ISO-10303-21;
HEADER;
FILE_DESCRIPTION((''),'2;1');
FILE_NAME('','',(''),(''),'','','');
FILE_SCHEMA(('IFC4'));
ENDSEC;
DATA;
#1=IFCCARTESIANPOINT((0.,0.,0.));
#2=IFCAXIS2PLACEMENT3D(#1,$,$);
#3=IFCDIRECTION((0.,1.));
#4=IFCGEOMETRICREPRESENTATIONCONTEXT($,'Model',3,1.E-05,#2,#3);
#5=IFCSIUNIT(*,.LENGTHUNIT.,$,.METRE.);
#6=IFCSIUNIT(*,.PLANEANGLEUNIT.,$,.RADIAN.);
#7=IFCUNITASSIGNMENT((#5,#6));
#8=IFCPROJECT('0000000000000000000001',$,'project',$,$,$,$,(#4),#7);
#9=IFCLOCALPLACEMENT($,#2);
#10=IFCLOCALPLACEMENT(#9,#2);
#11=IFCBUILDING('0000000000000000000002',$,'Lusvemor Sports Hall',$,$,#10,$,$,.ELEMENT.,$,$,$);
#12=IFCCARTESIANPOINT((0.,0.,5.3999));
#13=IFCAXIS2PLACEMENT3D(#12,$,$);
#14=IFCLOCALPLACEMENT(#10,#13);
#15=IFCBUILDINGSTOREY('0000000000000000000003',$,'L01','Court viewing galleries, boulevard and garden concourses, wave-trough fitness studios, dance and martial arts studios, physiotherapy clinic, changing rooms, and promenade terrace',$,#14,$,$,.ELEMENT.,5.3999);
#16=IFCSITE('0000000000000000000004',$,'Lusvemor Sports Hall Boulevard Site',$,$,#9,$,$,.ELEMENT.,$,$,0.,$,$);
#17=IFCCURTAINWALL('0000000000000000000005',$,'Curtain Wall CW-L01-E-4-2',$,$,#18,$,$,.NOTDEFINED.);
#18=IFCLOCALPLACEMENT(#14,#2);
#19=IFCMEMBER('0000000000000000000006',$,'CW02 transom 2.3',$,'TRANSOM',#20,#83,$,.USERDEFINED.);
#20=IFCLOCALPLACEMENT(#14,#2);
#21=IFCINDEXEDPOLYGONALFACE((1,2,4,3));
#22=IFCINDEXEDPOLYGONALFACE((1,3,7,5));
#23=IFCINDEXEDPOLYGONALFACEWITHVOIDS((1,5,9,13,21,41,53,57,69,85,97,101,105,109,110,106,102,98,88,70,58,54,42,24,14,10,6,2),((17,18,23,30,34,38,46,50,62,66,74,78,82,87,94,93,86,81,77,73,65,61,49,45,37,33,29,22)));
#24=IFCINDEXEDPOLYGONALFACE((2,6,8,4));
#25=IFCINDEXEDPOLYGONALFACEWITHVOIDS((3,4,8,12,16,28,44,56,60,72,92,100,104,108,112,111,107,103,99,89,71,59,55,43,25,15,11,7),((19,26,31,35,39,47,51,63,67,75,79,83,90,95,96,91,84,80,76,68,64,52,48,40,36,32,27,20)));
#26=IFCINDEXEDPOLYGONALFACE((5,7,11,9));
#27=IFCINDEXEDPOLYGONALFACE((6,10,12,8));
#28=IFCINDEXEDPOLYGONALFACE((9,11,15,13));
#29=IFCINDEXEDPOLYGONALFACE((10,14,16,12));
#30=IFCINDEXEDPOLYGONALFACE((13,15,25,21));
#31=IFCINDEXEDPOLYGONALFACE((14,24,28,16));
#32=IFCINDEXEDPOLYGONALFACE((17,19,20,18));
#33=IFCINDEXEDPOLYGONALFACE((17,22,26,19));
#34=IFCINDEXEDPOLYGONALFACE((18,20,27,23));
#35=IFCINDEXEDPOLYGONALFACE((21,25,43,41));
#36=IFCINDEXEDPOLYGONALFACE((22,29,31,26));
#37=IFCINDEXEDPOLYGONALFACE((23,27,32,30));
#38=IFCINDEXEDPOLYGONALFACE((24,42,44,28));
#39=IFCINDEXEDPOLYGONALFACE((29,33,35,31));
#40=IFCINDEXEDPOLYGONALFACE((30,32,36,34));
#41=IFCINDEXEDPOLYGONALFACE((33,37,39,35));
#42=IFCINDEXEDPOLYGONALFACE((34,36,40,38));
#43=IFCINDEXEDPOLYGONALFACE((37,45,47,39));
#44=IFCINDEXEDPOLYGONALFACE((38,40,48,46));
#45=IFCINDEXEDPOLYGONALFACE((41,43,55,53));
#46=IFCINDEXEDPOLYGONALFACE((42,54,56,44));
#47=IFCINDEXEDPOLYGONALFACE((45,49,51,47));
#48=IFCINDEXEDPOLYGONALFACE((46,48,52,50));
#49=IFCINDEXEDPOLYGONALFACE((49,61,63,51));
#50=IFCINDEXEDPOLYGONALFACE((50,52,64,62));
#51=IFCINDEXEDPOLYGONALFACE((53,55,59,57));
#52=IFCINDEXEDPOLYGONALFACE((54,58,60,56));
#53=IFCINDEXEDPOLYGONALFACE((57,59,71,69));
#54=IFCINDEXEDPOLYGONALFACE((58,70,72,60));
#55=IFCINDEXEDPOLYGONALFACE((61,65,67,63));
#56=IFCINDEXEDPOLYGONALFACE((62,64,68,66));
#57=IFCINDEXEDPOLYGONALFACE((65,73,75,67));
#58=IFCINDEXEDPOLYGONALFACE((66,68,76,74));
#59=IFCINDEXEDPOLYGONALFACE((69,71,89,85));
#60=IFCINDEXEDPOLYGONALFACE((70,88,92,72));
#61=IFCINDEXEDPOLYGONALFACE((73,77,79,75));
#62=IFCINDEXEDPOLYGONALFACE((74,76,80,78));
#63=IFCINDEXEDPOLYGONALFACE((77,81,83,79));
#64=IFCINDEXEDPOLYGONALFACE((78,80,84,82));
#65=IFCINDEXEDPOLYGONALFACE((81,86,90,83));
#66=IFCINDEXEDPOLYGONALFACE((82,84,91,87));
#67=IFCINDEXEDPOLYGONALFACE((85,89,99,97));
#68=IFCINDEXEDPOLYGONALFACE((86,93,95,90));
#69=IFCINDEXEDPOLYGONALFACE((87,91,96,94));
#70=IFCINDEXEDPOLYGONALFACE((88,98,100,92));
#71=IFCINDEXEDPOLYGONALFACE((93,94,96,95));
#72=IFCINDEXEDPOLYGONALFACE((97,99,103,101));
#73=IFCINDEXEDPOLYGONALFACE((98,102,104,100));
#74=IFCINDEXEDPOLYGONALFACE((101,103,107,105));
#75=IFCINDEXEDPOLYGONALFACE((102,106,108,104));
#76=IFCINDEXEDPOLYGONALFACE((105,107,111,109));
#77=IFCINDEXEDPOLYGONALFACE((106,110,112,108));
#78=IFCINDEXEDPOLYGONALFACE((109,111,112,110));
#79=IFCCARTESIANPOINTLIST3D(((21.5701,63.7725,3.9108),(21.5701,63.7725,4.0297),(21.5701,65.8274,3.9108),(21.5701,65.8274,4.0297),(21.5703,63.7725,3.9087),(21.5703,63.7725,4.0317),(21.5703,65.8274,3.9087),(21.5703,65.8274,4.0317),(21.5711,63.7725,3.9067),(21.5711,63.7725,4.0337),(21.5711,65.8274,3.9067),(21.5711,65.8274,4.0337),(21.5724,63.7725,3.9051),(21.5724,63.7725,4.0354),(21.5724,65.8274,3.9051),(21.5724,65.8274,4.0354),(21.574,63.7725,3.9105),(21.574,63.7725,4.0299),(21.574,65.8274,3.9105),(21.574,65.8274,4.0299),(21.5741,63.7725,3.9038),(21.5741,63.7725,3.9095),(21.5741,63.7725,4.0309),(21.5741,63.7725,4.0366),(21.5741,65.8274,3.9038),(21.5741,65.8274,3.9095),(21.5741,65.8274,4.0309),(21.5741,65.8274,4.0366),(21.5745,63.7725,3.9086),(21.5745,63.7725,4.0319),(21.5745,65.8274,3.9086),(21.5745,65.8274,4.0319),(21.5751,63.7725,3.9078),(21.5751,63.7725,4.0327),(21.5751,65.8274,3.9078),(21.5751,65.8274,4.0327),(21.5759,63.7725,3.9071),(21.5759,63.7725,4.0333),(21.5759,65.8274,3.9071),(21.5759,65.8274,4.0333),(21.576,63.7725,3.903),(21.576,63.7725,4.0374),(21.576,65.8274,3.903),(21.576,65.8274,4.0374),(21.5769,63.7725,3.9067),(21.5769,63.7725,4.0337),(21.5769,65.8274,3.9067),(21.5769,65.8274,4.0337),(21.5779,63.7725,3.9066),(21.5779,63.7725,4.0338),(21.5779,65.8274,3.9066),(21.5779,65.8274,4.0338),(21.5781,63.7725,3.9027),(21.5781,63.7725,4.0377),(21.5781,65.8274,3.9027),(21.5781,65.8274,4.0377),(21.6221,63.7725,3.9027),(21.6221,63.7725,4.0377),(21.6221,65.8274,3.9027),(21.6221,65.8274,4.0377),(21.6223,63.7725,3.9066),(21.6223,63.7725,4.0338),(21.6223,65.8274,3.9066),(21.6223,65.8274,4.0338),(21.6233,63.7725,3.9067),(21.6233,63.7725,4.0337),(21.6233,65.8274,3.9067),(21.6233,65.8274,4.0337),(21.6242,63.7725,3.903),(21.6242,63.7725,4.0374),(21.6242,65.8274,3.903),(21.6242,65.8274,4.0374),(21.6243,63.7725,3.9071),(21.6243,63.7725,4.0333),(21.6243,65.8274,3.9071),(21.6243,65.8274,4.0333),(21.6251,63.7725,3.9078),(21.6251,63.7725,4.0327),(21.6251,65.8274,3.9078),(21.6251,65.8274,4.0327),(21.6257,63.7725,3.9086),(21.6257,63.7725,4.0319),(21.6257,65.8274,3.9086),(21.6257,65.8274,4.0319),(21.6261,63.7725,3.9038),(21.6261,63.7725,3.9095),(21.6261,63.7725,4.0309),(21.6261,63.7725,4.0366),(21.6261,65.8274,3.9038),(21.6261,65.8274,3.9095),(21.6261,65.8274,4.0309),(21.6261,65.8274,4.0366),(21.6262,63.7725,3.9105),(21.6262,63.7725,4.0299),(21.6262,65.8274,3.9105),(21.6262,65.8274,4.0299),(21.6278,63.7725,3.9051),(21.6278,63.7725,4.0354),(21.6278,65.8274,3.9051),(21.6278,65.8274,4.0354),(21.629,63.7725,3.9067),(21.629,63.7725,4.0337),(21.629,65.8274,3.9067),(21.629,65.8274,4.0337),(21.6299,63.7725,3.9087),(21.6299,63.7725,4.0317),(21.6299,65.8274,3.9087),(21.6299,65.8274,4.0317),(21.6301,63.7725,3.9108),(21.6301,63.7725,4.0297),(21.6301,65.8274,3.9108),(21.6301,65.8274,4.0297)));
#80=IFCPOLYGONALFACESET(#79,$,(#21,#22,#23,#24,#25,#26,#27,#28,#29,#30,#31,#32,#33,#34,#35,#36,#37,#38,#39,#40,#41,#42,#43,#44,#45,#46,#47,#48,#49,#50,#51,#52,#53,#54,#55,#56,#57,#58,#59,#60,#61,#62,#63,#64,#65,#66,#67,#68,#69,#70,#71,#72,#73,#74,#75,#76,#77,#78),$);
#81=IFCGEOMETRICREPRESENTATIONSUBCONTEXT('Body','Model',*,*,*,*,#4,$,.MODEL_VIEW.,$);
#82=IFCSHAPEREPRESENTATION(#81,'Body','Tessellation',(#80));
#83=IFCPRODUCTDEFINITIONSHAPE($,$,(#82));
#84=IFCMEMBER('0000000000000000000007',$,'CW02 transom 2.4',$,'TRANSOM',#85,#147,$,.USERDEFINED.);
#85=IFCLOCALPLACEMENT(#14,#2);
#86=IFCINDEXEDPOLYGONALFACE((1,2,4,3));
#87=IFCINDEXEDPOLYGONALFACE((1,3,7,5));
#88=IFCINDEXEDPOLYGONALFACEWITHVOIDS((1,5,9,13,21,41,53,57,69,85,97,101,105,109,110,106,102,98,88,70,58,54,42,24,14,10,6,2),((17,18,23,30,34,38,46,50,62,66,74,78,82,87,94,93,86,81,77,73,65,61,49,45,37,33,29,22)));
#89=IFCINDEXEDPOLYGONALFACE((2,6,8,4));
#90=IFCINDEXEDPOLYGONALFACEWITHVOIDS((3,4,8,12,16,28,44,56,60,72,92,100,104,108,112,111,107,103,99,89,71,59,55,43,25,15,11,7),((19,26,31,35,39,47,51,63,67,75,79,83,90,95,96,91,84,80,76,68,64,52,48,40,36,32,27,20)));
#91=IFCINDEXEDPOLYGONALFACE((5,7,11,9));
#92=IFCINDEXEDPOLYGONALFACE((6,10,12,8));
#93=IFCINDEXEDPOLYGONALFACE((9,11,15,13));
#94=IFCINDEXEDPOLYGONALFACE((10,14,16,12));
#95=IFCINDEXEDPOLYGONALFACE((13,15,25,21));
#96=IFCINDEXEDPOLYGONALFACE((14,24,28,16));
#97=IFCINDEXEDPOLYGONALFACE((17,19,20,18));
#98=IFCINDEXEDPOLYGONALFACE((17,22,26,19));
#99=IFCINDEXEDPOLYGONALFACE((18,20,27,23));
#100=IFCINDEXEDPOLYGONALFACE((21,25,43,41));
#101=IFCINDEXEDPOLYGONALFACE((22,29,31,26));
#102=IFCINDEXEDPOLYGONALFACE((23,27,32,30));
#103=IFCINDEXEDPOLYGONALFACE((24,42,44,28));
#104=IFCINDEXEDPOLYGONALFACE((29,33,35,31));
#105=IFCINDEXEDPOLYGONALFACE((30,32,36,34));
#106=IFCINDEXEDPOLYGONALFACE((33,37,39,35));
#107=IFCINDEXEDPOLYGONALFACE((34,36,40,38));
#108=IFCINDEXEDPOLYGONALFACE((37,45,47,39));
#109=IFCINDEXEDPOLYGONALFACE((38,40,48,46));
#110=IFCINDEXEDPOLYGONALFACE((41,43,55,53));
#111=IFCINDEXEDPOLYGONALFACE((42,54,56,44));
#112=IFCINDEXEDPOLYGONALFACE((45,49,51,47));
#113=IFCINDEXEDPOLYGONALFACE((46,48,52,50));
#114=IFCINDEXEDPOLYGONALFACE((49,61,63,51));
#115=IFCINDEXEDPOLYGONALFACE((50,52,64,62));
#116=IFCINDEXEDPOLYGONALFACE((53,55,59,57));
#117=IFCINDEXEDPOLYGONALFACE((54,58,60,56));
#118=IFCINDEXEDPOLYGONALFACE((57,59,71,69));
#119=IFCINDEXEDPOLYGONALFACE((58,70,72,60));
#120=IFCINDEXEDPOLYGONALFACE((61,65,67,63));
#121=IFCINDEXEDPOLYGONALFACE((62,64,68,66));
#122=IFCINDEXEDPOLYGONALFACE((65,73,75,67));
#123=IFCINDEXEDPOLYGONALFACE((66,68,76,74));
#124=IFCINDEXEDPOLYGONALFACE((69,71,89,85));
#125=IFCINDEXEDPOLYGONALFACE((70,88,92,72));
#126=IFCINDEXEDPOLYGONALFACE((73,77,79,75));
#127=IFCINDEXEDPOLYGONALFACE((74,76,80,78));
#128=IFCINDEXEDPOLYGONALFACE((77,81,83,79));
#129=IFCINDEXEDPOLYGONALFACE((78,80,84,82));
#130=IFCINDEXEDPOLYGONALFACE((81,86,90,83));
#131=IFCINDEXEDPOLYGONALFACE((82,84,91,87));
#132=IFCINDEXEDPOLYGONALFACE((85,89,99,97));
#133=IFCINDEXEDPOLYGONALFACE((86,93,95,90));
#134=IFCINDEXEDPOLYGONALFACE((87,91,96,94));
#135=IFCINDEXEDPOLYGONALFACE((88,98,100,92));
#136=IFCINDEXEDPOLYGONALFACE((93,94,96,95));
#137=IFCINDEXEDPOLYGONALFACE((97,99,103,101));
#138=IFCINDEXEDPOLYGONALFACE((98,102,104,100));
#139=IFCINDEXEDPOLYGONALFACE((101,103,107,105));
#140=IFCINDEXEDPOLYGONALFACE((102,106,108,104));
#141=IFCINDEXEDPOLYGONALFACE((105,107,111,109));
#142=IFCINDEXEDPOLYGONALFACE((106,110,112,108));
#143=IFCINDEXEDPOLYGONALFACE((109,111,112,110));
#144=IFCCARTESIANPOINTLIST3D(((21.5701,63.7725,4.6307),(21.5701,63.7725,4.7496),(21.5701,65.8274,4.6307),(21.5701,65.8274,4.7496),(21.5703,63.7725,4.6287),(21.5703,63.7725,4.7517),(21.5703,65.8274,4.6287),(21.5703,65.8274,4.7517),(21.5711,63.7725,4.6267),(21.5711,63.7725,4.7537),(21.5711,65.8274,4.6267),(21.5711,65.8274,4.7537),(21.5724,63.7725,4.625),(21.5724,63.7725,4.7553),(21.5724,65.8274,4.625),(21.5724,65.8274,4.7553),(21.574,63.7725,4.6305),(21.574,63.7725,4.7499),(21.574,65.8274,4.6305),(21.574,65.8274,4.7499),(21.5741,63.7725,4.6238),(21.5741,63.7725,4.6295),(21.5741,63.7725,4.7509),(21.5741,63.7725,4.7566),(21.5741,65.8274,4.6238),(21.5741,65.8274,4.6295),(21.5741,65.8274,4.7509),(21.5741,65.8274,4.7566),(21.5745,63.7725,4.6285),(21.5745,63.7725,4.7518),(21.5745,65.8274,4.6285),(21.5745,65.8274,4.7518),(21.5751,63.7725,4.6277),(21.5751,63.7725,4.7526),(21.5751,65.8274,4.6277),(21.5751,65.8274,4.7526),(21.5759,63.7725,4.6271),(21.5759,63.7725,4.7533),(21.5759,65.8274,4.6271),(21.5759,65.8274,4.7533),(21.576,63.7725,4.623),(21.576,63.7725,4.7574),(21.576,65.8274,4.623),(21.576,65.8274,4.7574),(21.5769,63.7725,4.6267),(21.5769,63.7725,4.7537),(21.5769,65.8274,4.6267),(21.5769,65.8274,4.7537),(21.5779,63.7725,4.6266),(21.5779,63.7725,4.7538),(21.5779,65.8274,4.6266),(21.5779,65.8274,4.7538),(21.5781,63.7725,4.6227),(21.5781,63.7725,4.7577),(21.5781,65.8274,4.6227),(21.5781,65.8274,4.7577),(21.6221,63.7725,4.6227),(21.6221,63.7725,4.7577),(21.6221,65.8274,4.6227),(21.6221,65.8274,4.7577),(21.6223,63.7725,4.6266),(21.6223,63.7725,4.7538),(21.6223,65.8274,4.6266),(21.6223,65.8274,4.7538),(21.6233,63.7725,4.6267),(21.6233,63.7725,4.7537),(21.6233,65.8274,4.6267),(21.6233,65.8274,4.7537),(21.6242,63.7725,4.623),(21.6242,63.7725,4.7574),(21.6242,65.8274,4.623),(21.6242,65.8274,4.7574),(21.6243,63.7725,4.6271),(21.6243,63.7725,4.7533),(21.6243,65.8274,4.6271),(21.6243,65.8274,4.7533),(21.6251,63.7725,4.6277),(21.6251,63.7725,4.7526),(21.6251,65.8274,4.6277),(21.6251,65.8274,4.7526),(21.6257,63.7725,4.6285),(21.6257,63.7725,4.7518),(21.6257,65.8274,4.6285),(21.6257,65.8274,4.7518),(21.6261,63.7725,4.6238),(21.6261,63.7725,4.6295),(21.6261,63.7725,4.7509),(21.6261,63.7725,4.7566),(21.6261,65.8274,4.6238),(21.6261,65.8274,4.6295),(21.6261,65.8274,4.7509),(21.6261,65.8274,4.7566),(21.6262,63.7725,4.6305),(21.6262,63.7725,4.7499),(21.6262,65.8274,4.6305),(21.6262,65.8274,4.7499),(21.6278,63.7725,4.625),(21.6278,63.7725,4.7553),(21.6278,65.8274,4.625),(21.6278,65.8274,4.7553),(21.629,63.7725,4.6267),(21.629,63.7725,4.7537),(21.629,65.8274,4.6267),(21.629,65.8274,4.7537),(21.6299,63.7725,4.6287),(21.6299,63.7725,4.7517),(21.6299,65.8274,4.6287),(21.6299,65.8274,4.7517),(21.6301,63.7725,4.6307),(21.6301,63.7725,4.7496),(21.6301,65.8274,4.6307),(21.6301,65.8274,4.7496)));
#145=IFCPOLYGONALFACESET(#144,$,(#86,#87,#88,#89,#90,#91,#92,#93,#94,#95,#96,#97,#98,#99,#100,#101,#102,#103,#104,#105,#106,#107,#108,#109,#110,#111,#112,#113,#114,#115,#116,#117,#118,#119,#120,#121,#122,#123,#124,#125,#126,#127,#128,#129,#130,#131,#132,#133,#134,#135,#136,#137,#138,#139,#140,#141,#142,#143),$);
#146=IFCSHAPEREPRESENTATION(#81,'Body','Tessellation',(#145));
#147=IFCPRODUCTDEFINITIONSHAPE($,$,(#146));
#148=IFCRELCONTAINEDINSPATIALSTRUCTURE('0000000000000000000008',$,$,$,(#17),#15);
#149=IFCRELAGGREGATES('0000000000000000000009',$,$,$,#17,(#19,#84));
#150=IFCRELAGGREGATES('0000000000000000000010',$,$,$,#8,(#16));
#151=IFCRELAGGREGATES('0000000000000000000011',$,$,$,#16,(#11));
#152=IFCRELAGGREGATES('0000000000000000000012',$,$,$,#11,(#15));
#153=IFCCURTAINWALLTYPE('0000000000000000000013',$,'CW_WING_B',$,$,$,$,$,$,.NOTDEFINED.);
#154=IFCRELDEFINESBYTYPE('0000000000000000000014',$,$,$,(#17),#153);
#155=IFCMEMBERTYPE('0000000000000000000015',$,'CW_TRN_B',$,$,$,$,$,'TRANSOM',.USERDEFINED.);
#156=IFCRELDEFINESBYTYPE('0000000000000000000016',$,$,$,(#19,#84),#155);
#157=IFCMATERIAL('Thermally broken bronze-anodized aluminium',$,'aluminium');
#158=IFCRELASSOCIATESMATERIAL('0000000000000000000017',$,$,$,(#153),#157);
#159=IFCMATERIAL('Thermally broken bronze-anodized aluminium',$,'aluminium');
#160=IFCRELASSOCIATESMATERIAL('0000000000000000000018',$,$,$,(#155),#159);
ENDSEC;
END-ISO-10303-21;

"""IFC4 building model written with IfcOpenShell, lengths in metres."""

from ifc_helpers import new_model, si_unit, direction, frame, origin, origin_2d, place, context, subcontext, project, spatial, hollow_rectangle, extrude, material, material_profile, profile_set, type_object, element, aggregate, save


model = new_model("IFC4")

# Units and contexts
model_context = context("Model", 3, precision=1e-05, world=origin(), true_north=direction((0.0, 1.0)))
body_context = subcontext(model_context, "Body", "Model", "MODEL_VIEW")
ifc_project = project(units=[si_unit("LENGTHUNIT", "METRE"), si_unit("PLANEANGLEUNIT", "RADIAN")], contexts=[model_context])

# Site, building, storey
site_placement = place(None, origin())
site = spatial("IfcSite", under=ifc_project, at=site_placement, Name="Lusvemor Sports Hall Boulevard Site", CompositionType="ELEMENT", RefElevation=0.0)
building_placement = place(site_placement, origin())
building = spatial("IfcBuilding", under=site, at=building_placement, Name="Lusvemor Sports Hall", CompositionType="ELEMENT")
storey_placement = place(building_placement, frame((0.0, 0.0, 5.3999)))
storey = spatial("IfcBuildingStorey", under=building, at=storey_placement, Name="L01", Description="Court viewing galleries, boulevard and garden concourses, wave-trough fitness studios, dance and martial arts studios, physiotherapy clinic, changing rooms, and promenade terrace", CompositionType="ELEMENT", Elevation=5.3999)

# Curtain wall, members
ifc_material_1 = material(Name="Thermally broken bronze-anodized aluminium", Category="aluminium")
curtain_wall_type = type_object("IfcCurtainWallType", Name="CW_WING_B", PredefinedType="NOTDEFINED", material=ifc_material_1)
curtain_wall_placement = place(storey_placement, origin())
curtain_wall = element("IfcCurtainWall", 1, at=curtain_wall_placement, inside=storey, type_object=curtain_wall_type, Name="Curtain Wall CW-L01-E-4-2", PredefinedType="NOTDEFINED")
ifc_material_2 = material(Name="Thermally broken bronze-anodized aluminium", Category="aluminium")
ifc_material_profile_1 = material_profile(ifc_material_2, hollow_rectangle(XDim=0.0601, YDim=0.135, WallThickness=0.0039, InnerFilletRadius=0.0039, OuterFilletRadius=0.0081, at=origin_2d()), Name="CWTRN135x60x4")
ifc_profile_set_1 = profile_set([ifc_material_profile_1], Name="Thermally broken bronze-anodized aluminium")
member_type_1 = type_object("IfcMemberType", Name="CW_TRN_B", ElementType="TRANSOM", PredefinedType="USERDEFINED", material=ifc_profile_set_1)
member_1_placement = place(storey_placement, frame((21.6001, 65.8274, 3.9702), z_axis=(0.0, -1.0, 0.0), x_axis=(1.0, 0.0, 0.0)))
member_1 = element("IfcMember", 2, at=member_1_placement, type_object=member_type_1, Name="CW02 transom 2.3", ObjectType="TRANSOM", PredefinedType="USERDEFINED", context=body_context, shape_type="SweptSolid", body=[
    extrude(hollow_rectangle(XDim=0.0601, YDim=0.135, WallThickness=0.0039, InnerFilletRadius=0.0039, OuterFilletRadius=0.0081, at=origin_2d()), origin(), (0.0, 0.0, 1.0), 2.0549),
])
member_2_placement = place(storey_placement, frame((21.6001, 65.8274, 4.6902), z_axis=(0.0, -1.0, 0.0), x_axis=(1.0, 0.0, 0.0)))
member_2 = element("IfcMember", 3, at=member_2_placement, type_object=member_type_1, Name="CW02 transom 2.4", ObjectType="TRANSOM", PredefinedType="USERDEFINED", context=body_context, shape_type="SweptSolid", body=[
    extrude(hollow_rectangle(XDim=0.0601, YDim=0.135, WallThickness=0.0039, InnerFilletRadius=0.0039, OuterFilletRadius=0.0081, at=origin_2d()), origin(), (0.0, 0.0, 1.0), 2.0549),
])

aggregate(curtain_wall, [member_1, member_2])

save(model, "model.ifc")
